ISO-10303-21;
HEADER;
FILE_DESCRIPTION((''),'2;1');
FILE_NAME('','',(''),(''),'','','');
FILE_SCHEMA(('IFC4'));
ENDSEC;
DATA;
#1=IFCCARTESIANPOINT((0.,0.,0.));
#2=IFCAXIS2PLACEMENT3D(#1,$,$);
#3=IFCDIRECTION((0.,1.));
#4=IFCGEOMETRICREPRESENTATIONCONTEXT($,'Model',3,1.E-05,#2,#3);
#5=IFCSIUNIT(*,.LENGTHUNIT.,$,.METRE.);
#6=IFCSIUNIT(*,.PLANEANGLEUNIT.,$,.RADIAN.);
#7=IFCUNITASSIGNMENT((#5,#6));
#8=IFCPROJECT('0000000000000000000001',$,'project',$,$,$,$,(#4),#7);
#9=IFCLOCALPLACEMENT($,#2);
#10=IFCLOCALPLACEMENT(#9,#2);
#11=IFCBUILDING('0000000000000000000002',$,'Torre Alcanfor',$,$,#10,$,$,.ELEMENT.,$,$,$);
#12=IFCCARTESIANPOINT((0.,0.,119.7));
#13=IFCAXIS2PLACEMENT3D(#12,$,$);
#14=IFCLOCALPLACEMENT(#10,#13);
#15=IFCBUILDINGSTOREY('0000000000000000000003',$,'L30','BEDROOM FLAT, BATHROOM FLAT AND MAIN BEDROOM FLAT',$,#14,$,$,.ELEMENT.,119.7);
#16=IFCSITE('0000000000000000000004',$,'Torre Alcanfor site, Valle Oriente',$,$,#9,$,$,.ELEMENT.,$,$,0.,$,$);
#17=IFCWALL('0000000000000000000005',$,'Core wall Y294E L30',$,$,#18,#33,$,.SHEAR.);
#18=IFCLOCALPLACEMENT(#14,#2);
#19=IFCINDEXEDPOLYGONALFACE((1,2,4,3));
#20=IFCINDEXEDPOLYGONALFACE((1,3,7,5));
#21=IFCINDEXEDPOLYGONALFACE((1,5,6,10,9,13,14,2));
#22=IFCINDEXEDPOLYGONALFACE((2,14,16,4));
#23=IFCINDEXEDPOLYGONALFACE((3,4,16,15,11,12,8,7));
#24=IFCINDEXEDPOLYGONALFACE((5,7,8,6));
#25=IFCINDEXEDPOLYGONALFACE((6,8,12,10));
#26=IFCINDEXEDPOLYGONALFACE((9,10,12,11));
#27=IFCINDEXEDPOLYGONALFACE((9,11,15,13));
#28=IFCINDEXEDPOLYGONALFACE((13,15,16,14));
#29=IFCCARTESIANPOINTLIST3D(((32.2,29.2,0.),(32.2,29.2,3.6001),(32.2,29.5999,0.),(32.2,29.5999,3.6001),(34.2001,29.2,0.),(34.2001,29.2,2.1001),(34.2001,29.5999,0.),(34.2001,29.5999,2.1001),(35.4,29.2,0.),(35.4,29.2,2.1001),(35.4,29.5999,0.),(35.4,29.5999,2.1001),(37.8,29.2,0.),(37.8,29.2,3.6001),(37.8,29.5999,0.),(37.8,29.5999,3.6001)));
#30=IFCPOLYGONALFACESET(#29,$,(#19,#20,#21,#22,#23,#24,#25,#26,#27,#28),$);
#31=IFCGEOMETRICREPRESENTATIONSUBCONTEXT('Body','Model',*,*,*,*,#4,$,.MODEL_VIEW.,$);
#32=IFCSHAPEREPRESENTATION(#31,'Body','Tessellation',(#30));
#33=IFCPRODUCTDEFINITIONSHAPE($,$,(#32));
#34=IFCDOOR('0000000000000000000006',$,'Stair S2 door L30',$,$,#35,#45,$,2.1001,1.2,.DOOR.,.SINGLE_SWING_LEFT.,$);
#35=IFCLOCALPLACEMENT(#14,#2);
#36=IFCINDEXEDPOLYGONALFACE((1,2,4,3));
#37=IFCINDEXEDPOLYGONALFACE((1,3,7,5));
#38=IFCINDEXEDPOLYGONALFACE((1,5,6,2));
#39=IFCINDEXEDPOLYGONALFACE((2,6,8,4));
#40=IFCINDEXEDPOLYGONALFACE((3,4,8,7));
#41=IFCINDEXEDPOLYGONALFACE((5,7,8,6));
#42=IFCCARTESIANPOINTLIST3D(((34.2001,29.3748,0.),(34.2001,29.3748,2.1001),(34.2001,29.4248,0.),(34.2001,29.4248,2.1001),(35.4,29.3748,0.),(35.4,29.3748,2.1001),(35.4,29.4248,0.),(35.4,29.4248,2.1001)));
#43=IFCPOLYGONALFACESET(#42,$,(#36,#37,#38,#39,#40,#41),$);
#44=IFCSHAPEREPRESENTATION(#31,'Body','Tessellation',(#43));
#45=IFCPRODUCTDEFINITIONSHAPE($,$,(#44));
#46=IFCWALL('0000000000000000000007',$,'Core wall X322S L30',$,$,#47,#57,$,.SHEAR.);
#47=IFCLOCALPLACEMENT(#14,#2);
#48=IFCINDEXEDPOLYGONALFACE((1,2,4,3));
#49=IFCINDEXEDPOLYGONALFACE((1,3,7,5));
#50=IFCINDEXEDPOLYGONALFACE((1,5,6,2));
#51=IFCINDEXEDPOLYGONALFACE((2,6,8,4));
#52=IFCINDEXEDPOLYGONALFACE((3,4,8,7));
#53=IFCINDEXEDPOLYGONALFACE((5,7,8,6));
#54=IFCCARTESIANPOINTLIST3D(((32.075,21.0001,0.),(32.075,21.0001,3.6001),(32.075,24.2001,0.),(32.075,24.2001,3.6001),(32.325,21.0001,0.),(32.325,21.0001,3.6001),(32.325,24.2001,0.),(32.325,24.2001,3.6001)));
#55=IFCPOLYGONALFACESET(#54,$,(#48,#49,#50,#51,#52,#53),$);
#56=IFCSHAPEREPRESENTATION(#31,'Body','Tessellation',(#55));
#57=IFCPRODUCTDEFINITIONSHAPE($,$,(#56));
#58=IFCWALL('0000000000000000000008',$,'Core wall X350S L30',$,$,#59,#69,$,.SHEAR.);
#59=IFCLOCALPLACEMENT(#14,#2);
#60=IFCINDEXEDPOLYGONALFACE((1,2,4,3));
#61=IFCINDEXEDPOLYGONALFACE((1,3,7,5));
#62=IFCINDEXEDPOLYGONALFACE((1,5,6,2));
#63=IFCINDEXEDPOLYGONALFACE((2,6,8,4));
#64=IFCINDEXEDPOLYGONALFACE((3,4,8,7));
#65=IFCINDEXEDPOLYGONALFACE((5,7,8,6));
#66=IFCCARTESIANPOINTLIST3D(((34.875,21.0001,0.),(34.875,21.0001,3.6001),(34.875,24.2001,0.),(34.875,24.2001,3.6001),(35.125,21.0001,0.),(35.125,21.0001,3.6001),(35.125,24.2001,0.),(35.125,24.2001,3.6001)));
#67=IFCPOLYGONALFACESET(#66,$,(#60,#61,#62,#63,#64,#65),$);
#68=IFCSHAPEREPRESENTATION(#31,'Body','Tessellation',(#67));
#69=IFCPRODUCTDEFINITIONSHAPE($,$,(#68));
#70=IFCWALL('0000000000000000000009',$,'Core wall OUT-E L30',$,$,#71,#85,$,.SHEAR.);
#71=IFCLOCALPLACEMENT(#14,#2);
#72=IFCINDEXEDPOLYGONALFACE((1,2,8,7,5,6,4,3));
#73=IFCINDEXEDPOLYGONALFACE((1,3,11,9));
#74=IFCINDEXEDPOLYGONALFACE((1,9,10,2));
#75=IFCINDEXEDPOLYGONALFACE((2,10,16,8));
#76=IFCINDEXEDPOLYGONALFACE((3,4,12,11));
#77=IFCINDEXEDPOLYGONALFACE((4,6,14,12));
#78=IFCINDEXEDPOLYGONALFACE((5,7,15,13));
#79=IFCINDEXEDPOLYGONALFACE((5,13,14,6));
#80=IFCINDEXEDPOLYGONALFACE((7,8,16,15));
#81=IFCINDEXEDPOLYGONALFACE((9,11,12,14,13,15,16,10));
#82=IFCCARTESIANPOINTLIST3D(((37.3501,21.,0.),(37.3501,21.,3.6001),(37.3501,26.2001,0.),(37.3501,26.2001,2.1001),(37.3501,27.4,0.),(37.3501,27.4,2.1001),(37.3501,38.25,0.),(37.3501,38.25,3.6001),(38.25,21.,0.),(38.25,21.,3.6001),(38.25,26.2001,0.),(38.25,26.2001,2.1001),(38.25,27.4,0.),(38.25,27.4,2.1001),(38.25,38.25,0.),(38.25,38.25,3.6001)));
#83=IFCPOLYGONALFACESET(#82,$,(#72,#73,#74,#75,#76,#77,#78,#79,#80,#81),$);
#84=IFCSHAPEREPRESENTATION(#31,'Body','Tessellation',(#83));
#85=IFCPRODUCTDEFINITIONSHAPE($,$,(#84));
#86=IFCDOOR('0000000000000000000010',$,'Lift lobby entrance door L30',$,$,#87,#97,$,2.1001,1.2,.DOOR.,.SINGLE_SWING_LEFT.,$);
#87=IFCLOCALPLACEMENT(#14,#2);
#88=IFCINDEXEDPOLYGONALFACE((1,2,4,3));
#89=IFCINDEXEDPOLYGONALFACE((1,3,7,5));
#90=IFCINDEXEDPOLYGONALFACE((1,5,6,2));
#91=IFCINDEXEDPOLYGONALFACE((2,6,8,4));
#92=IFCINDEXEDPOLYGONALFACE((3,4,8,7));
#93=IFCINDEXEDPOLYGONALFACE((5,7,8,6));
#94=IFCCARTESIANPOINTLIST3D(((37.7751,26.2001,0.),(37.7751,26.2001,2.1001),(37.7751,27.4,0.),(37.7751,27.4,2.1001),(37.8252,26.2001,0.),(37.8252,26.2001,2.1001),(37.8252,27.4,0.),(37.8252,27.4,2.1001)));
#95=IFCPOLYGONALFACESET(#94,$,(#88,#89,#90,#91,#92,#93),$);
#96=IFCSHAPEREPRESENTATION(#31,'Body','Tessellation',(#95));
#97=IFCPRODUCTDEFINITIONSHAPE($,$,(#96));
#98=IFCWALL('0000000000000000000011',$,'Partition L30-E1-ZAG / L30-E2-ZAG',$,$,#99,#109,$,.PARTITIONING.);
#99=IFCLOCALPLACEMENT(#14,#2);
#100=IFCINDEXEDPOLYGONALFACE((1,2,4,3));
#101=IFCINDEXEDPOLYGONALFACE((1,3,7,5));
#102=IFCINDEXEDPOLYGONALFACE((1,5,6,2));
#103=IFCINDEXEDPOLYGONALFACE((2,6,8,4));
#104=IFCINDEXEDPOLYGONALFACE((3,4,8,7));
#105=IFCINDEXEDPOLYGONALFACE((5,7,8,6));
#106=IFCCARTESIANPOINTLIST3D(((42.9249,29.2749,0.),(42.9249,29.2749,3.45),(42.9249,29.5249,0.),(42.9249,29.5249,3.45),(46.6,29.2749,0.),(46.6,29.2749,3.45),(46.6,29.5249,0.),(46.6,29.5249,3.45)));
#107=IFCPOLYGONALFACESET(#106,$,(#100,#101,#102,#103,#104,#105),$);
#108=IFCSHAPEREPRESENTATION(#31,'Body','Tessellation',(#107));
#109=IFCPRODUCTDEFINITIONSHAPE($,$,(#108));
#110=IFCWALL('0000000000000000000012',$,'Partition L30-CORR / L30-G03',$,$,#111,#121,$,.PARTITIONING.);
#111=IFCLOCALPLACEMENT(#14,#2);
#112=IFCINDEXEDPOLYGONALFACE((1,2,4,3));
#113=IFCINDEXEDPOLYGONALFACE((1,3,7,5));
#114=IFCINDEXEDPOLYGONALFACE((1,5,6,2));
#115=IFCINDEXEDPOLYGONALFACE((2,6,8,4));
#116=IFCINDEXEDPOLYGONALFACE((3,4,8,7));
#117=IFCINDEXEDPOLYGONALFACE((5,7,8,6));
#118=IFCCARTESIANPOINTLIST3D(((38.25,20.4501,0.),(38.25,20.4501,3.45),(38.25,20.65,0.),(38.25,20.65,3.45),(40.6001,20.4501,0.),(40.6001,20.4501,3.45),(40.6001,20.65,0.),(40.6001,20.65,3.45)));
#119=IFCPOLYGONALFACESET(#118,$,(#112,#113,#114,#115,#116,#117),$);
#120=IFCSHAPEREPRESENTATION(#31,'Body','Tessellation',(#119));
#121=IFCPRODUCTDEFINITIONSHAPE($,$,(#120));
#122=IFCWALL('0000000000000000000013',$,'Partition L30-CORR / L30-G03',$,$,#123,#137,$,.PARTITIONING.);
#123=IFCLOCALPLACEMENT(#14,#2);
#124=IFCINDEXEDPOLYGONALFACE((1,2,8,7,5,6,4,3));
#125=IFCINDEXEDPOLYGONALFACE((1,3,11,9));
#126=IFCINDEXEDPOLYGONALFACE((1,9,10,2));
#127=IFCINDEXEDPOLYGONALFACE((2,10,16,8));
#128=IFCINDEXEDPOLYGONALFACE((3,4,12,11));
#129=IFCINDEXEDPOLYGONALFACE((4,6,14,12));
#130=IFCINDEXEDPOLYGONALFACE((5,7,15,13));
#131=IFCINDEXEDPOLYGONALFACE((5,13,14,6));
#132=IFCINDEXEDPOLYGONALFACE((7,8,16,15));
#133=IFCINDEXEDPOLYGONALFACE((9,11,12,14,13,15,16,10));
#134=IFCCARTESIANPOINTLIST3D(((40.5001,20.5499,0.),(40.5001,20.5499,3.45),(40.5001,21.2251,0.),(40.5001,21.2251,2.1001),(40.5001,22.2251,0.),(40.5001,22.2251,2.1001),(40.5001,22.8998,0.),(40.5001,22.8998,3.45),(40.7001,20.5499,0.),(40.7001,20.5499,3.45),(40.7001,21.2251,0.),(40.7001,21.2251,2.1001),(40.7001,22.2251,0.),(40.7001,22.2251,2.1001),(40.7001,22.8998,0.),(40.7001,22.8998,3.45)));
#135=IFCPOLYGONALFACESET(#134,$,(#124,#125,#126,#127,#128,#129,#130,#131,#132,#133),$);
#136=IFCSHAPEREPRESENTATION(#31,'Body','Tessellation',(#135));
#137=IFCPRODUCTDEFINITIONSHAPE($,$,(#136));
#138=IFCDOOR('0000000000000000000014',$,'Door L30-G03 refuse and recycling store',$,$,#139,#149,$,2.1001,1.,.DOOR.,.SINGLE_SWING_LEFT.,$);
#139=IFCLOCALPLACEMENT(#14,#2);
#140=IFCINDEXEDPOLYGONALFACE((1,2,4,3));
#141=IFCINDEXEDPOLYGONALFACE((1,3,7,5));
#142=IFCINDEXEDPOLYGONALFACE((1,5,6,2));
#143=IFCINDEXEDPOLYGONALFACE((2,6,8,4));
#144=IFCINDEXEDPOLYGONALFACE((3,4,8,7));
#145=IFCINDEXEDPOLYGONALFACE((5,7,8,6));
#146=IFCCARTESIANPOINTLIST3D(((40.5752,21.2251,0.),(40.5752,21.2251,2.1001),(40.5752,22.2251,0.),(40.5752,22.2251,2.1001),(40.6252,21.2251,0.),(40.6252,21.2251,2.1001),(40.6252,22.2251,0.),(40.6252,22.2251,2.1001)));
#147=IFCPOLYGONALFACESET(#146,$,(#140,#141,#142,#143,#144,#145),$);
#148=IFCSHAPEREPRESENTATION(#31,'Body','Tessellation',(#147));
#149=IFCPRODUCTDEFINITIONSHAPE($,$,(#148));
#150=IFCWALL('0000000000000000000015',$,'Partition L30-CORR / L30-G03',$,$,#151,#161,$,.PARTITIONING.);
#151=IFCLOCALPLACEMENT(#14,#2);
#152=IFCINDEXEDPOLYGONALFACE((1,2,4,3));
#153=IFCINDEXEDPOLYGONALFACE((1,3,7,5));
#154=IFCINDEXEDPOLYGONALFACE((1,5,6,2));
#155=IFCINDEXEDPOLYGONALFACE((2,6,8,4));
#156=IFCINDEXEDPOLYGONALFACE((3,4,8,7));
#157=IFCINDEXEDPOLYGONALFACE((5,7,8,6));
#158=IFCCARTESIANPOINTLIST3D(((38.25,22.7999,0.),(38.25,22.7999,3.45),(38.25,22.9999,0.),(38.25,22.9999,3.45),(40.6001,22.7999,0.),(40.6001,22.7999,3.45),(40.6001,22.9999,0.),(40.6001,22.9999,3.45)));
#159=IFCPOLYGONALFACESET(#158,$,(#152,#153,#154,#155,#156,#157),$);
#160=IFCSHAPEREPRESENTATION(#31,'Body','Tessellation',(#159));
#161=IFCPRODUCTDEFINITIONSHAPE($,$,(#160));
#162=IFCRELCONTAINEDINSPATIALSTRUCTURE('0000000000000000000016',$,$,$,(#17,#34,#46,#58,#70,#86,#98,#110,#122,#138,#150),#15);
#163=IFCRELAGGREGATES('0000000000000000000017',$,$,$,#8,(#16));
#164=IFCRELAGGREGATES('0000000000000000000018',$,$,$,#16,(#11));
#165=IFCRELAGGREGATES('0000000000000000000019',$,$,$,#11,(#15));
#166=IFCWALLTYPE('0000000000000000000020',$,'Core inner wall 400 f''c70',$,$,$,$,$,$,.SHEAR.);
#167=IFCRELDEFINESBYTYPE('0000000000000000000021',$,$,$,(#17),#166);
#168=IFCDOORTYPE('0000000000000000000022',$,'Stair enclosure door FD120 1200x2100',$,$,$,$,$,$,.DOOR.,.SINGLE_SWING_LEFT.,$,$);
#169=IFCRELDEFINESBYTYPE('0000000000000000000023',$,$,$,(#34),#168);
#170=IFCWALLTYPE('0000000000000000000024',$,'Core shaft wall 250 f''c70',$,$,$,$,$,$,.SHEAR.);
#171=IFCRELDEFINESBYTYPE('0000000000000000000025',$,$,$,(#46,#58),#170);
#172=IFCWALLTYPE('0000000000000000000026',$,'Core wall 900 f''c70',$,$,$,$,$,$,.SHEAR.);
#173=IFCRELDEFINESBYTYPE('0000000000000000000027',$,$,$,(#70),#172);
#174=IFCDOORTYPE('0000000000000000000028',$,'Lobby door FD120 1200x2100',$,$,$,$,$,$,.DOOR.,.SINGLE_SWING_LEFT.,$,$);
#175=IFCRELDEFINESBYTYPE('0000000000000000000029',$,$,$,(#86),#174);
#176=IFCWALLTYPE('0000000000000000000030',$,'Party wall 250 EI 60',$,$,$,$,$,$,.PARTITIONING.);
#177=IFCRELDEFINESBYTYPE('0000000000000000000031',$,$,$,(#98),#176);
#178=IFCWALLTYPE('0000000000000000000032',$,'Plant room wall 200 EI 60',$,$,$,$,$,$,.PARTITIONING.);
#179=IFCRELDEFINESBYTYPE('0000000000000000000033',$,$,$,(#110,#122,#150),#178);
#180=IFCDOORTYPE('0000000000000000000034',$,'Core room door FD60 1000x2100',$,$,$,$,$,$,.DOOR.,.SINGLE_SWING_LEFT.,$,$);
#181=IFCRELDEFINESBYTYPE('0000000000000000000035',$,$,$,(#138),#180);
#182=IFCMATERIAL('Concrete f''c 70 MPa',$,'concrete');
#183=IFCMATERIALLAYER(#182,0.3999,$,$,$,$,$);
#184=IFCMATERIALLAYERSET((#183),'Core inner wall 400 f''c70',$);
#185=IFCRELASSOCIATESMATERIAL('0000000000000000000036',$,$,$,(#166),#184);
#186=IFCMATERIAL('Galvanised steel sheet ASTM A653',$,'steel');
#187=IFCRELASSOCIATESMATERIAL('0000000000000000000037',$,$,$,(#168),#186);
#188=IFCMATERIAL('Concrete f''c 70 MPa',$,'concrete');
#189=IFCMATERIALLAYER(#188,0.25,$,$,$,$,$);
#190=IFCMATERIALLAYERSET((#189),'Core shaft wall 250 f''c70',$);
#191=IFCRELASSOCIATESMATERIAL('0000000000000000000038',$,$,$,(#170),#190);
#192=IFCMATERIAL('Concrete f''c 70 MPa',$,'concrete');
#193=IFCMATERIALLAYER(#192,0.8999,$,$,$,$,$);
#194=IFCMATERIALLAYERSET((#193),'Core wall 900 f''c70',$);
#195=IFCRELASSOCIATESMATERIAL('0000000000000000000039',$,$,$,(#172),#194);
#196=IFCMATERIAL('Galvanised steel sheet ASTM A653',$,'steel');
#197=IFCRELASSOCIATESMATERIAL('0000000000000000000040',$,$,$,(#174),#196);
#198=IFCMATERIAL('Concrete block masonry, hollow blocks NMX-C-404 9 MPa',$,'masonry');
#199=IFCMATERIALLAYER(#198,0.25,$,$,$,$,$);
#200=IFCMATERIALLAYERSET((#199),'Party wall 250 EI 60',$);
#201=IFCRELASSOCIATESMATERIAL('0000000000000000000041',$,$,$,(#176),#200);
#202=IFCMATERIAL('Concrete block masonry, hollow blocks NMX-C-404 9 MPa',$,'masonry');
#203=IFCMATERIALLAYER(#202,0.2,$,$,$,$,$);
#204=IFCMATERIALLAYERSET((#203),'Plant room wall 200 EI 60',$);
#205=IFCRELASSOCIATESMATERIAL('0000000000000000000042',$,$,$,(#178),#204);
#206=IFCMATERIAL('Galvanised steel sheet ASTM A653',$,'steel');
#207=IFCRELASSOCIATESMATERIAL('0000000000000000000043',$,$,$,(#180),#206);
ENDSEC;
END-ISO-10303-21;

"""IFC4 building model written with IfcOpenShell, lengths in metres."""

from ifc_helpers import new_model, si_unit, direction, frame, frame_2d, origin, place, context, subcontext, project, spatial, rectangle, extrude, material, layer, layer_set, type_object, element, fill, save


model = new_model("IFC4")

# Units and contexts
model_context = context("Model", 3, precision=1e-05, world=origin(), true_north=direction((0.0, 1.0)))
body_context = subcontext(model_context, "Body", "Model", "MODEL_VIEW")
ifc_project = project(units=[si_unit("LENGTHUNIT", "METRE"), si_unit("PLANEANGLEUNIT", "RADIAN")], contexts=[model_context])

# Site, building, storey
site_placement = place(None, origin())
site = spatial("IfcSite", under=ifc_project, at=site_placement, Name="Torre Alcanfor site, Valle Oriente", CompositionType="ELEMENT", RefElevation=0.0)
building_placement = place(site_placement, origin())
building = spatial("IfcBuilding", under=site, at=building_placement, Name="Torre Alcanfor", CompositionType="ELEMENT")
storey_placement = place(building_placement, frame((0.0, 0.0, 119.7)))
storey = spatial("IfcBuildingStorey", under=building, at=storey_placement, Name="L30", Description="BEDROOM FLAT, BATHROOM FLAT AND MAIN BEDROOM FLAT", CompositionType="ELEMENT", Elevation=119.7)

# Shared definitions
ifc_material_1 = material(Name="Concrete f'c 70 MPa", Category="concrete")
ifc_layer_1 = layer(ifc_material_1, 0.3999)
ifc_layer_set_1 = layer_set([ifc_layer_1], Name="Core inner wall 400 f'c70")
wall_type_1 = type_object("IfcWallType", Name="Core inner wall 400 f'c70", PredefinedType="SHEAR", material=ifc_layer_set_1)

# Wall, opening, door
wall_1_placement = place(storey_placement, frame((32.2, 29.3999, 0.0), z_axis=(0.0, 0.0, 1.0), x_axis=(1.0, 0.0, 0.0)))
wall_1 = element("IfcWall", 1, at=wall_1_placement, inside=storey, type_object=wall_type_1, Name="Core wall Y294E L30", PredefinedType="SHEAR", context=body_context, shape_type="SweptSolid", body=[
    extrude(rectangle(XDim=5.6001, YDim=0.3999, at=frame_2d((2.8, 0.0))), origin(), (0.0, 0.0, 1.0), 3.6001),
])
opening_1_placement = place(wall_1_placement, frame((2.0, 0.0, 0.0)))
opening_1 = element("IfcOpeningElement", 2, at=opening_1_placement, cuts=wall_1, PredefinedType="OPENING", context=body_context, shape_type="SweptSolid", body=[
    extrude(rectangle(XDim=1.2, YDim=2.1001, at=frame_2d((0.6001, 1.05))), frame((0.0, 0.21, 0.0), z_axis=(0.0, -1.0, 0.0), x_axis=(1.0, 0.0, 0.0)), (0.0, 0.0, 1.0), 0.4199),
])
ifc_material_2 = material(Name="Galvanised steel sheet ASTM A653", Category="steel")
door_type_1 = type_object("IfcDoorType", Name="Stair enclosure door FD120 1200x2100", OperationType="SINGLE_SWING_LEFT", PredefinedType="DOOR", material=ifc_material_2)
door_1_placement = place(opening_1_placement, origin())
door_1 = element("IfcDoor", 3, at=door_1_placement, inside=storey, type_object=door_type_1, Name="Stair S2 door L30", OperationType="SINGLE_SWING_LEFT", OverallHeight=2.1001, OverallWidth=1.2, PredefinedType="DOOR", context=body_context, shape_type="SweptSolid", body=[
    extrude(rectangle(XDim=1.2, YDim=2.1001, at=frame_2d((0.6001, 1.05))), frame((0.0, 0.0249, 0.0), z_axis=(0.0, -1.0, 0.0), x_axis=(1.0, 0.0, 0.0)), (0.0, 0.0, 1.0), 0.05),
])
fill(opening_1, door_1)

# Walls
ifc_material_3 = material(Name="Concrete f'c 70 MPa", Category="concrete")
ifc_layer_2 = layer(ifc_material_3, 0.25)
ifc_layer_set_2 = layer_set([ifc_layer_2], Name="Core shaft wall 250 f'c70")
wall_type_2 = type_object("IfcWallType", Name="Core shaft wall 250 f'c70", PredefinedType="SHEAR", material=ifc_layer_set_2)
for number, where, z_axis, x_axis, name in (
    (4, (32.2, 21.0, 0.0), (0.0, 0.0, 1.0), (0.0, 1.0, 0.0), "Core wall X322S L30"),
    (5, (35.0, 21.0, 0.0), (0.0, 0.0, 1.0), (0.0, 1.0, 0.0), "Core wall X350S L30"),
):
    element("IfcWall", number, at=place(storey_placement, frame(where, z_axis=z_axis, x_axis=x_axis)), inside=storey, type_object=wall_type_2, Name=name, PredefinedType="SHEAR", context=body_context, shape_type="SweptSolid", body=[
        extrude(rectangle(XDim=3.2, YDim=0.25, at=frame_2d((1.6001, 0.0))), origin(), (0.0, 0.0, 1.0), 3.6001),
    ])

# Wall, opening, door
ifc_material_4 = material(Name="Concrete f'c 70 MPa", Category="concrete")
ifc_layer_3 = layer(ifc_material_4, 0.8999)
ifc_layer_set_3 = layer_set([ifc_layer_3], Name="Core wall 900 f'c70")
wall_type_3 = type_object("IfcWallType", Name="Core wall 900 f'c70", PredefinedType="SHEAR", material=ifc_layer_set_3)
wall_2_placement = place(storey_placement, frame((37.8, 21.0, 0.0), z_axis=(0.0, 0.0, 1.0), x_axis=(0.0, 1.0, 0.0)))
wall_2 = element("IfcWall", 6, at=wall_2_placement, inside=storey, type_object=wall_type_3, Name="Core wall OUT-E L30", PredefinedType="SHEAR", context=body_context, shape_type="SweptSolid", body=[
    extrude(rectangle(XDim=17.25, YDim=0.8999, at=frame_2d((8.625, 0.0))), origin(), (0.0, 0.0, 1.0), 3.6001),
])
opening_2_placement = place(wall_2_placement, frame((5.2, 0.0, 0.0)))
opening_2 = element("IfcOpeningElement", 7, at=opening_2_placement, cuts=wall_2, PredefinedType="OPENING", context=body_context, shape_type="SweptSolid", body=[
    extrude(rectangle(XDim=1.2, YDim=2.1001, at=frame_2d((0.6001, 1.05))), frame((0.0, 0.46, 0.0), z_axis=(0.0, -1.0, 0.0), x_axis=(1.0, 0.0, 0.0)), (0.0, 0.0, 1.0), 0.9199),
])
ifc_material_5 = material(Name="Galvanised steel sheet ASTM A653", Category="steel")
door_type_2 = type_object("IfcDoorType", Name="Lobby door FD120 1200x2100", OperationType="SINGLE_SWING_LEFT", PredefinedType="DOOR", material=ifc_material_5)
door_2_placement = place(opening_2_placement, origin())
door_2 = element("IfcDoor", 8, at=door_2_placement, inside=storey, type_object=door_type_2, Name="Lift lobby entrance door L30", OperationType="SINGLE_SWING_LEFT", OverallHeight=2.1001, OverallWidth=1.2, PredefinedType="DOOR", context=body_context, shape_type="SweptSolid", body=[
    extrude(rectangle(XDim=1.2, YDim=2.1001, at=frame_2d((0.6001, 1.05))), frame((0.0, 0.0249, 0.0), z_axis=(0.0, -1.0, 0.0), x_axis=(1.0, 0.0, 0.0)), (0.0, 0.0, 1.0), 0.05),
])
fill(opening_2, door_2)

# Walls
ifc_material_6 = material(Name="Concrete block masonry, hollow blocks NMX-C-404 9 MPa", Category="masonry")
ifc_layer_4 = layer(ifc_material_6, 0.25)
ifc_layer_set_4 = layer_set([ifc_layer_4], Name="Party wall 250 EI 60")
wall_type_4 = type_object("IfcWallType", Name="Party wall 250 EI 60", PredefinedType="PARTITIONING", material=ifc_layer_set_4)
wall_3_placement = place(storey_placement, frame((42.925, 29.3999, 0.0), z_axis=(0.0, 0.0, 1.0), x_axis=(1.0, 0.0, 0.0)))
element("IfcWall", 9, at=wall_3_placement, inside=storey, type_object=wall_type_4, Name="Partition L30-E1-ZAG / L30-E2-ZAG", PredefinedType="PARTITIONING", context=body_context, shape_type="SweptSolid", body=[
    extrude(rectangle(XDim=3.675, YDim=0.25, at=frame_2d((1.8374, 0.0))), origin(), (0.0, 0.0, 1.0), 3.45),
])
ifc_material_7 = material(Name="Concrete block masonry, hollow blocks NMX-C-404 9 MPa", Category="masonry")
ifc_layer_5 = layer(ifc_material_7, 0.2)
ifc_layer_set_5 = layer_set([ifc_layer_5], Name="Plant room wall 200 EI 60")
wall_type_5 = type_object("IfcWallType", Name="Plant room wall 200 EI 60", PredefinedType="PARTITIONING", material=ifc_layer_set_5)
wall_4_placement = place(storey_placement, frame((38.25, 20.55, 0.0), z_axis=(0.0, 0.0, 1.0), x_axis=(1.0, 0.0, 0.0)))
element("IfcWall", 10, at=wall_4_placement, inside=storey, type_object=wall_type_5, Name="Partition L30-CORR / L30-G03", PredefinedType="PARTITIONING", context=body_context, shape_type="SweptSolid", body=[
    extrude(rectangle(XDim=2.3501, YDim=0.2, at=frame_2d((1.175, 0.0))), origin(), (0.0, 0.0, 1.0), 3.45),
])

# Wall, opening, door
wall_5_placement = place(storey_placement, frame((40.6001, 20.55, 0.0), z_axis=(0.0, 0.0, 1.0), x_axis=(0.0, 1.0, 0.0)))
wall_5 = element("IfcWall", 11, at=wall_5_placement, inside=storey, type_object=wall_type_5, Name="Partition L30-CORR / L30-G03", PredefinedType="PARTITIONING", context=body_context, shape_type="SweptSolid", body=[
    extrude(rectangle(XDim=2.3499, YDim=0.2, at=frame_2d((1.1748, 0.0))), origin(), (0.0, 0.0, 1.0), 3.45),
])
opening_3_placement = place(wall_5_placement, frame((0.675, 0.0, 0.0)))
opening_3 = element("IfcOpeningElement", 12, at=opening_3_placement, cuts=wall_5, PredefinedType="OPENING", context=body_context, shape_type="SweptSolid", body=[
    extrude(rectangle(XDim=1.0, YDim=2.1001, at=frame_2d((0.5, 1.05))), frame((0.0, 0.1099, 0.0), z_axis=(0.0, -1.0, 0.0), x_axis=(1.0, 0.0, 0.0)), (0.0, 0.0, 1.0), 0.22),
])
ifc_material_8 = material(Name="Galvanised steel sheet ASTM A653", Category="steel")
door_type_3 = type_object("IfcDoorType", Name="Core room door FD60 1000x2100", OperationType="SINGLE_SWING_LEFT", PredefinedType="DOOR", material=ifc_material_8)
door_3_placement = place(opening_3_placement, origin())
door_3 = element("IfcDoor", 13, at=door_3_placement, inside=storey, type_object=door_type_3, Name="Door L30-G03 refuse and recycling store", OperationType="SINGLE_SWING_LEFT", OverallHeight=2.1001, OverallWidth=1.0, PredefinedType="DOOR", context=body_context, shape_type="SweptSolid", body=[
    extrude(rectangle(XDim=1.0, YDim=2.1001, at=frame_2d((0.5, 1.05))), frame((0.0, 0.0249, 0.0), z_axis=(0.0, -1.0, 0.0), x_axis=(1.0, 0.0, 0.0)), (0.0, 0.0, 1.0), 0.05),
])
fill(opening_3, door_3)

# Wall
wall_6_placement = place(storey_placement, frame((40.6001, 22.8999, 0.0), z_axis=(0.0, 0.0, 1.0), x_axis=(-1.0, 0.0, 0.0)))
element("IfcWall", 14, at=wall_6_placement, inside=storey, type_object=wall_type_5, Name="Partition L30-CORR / L30-G03", PredefinedType="PARTITIONING", context=body_context, shape_type="SweptSolid", body=[
    extrude(rectangle(XDim=2.3501, YDim=0.2, at=frame_2d((1.175, 0.0))), origin(), (0.0, 0.0, 1.0), 3.45),
])

save(model, "model.ifc")
